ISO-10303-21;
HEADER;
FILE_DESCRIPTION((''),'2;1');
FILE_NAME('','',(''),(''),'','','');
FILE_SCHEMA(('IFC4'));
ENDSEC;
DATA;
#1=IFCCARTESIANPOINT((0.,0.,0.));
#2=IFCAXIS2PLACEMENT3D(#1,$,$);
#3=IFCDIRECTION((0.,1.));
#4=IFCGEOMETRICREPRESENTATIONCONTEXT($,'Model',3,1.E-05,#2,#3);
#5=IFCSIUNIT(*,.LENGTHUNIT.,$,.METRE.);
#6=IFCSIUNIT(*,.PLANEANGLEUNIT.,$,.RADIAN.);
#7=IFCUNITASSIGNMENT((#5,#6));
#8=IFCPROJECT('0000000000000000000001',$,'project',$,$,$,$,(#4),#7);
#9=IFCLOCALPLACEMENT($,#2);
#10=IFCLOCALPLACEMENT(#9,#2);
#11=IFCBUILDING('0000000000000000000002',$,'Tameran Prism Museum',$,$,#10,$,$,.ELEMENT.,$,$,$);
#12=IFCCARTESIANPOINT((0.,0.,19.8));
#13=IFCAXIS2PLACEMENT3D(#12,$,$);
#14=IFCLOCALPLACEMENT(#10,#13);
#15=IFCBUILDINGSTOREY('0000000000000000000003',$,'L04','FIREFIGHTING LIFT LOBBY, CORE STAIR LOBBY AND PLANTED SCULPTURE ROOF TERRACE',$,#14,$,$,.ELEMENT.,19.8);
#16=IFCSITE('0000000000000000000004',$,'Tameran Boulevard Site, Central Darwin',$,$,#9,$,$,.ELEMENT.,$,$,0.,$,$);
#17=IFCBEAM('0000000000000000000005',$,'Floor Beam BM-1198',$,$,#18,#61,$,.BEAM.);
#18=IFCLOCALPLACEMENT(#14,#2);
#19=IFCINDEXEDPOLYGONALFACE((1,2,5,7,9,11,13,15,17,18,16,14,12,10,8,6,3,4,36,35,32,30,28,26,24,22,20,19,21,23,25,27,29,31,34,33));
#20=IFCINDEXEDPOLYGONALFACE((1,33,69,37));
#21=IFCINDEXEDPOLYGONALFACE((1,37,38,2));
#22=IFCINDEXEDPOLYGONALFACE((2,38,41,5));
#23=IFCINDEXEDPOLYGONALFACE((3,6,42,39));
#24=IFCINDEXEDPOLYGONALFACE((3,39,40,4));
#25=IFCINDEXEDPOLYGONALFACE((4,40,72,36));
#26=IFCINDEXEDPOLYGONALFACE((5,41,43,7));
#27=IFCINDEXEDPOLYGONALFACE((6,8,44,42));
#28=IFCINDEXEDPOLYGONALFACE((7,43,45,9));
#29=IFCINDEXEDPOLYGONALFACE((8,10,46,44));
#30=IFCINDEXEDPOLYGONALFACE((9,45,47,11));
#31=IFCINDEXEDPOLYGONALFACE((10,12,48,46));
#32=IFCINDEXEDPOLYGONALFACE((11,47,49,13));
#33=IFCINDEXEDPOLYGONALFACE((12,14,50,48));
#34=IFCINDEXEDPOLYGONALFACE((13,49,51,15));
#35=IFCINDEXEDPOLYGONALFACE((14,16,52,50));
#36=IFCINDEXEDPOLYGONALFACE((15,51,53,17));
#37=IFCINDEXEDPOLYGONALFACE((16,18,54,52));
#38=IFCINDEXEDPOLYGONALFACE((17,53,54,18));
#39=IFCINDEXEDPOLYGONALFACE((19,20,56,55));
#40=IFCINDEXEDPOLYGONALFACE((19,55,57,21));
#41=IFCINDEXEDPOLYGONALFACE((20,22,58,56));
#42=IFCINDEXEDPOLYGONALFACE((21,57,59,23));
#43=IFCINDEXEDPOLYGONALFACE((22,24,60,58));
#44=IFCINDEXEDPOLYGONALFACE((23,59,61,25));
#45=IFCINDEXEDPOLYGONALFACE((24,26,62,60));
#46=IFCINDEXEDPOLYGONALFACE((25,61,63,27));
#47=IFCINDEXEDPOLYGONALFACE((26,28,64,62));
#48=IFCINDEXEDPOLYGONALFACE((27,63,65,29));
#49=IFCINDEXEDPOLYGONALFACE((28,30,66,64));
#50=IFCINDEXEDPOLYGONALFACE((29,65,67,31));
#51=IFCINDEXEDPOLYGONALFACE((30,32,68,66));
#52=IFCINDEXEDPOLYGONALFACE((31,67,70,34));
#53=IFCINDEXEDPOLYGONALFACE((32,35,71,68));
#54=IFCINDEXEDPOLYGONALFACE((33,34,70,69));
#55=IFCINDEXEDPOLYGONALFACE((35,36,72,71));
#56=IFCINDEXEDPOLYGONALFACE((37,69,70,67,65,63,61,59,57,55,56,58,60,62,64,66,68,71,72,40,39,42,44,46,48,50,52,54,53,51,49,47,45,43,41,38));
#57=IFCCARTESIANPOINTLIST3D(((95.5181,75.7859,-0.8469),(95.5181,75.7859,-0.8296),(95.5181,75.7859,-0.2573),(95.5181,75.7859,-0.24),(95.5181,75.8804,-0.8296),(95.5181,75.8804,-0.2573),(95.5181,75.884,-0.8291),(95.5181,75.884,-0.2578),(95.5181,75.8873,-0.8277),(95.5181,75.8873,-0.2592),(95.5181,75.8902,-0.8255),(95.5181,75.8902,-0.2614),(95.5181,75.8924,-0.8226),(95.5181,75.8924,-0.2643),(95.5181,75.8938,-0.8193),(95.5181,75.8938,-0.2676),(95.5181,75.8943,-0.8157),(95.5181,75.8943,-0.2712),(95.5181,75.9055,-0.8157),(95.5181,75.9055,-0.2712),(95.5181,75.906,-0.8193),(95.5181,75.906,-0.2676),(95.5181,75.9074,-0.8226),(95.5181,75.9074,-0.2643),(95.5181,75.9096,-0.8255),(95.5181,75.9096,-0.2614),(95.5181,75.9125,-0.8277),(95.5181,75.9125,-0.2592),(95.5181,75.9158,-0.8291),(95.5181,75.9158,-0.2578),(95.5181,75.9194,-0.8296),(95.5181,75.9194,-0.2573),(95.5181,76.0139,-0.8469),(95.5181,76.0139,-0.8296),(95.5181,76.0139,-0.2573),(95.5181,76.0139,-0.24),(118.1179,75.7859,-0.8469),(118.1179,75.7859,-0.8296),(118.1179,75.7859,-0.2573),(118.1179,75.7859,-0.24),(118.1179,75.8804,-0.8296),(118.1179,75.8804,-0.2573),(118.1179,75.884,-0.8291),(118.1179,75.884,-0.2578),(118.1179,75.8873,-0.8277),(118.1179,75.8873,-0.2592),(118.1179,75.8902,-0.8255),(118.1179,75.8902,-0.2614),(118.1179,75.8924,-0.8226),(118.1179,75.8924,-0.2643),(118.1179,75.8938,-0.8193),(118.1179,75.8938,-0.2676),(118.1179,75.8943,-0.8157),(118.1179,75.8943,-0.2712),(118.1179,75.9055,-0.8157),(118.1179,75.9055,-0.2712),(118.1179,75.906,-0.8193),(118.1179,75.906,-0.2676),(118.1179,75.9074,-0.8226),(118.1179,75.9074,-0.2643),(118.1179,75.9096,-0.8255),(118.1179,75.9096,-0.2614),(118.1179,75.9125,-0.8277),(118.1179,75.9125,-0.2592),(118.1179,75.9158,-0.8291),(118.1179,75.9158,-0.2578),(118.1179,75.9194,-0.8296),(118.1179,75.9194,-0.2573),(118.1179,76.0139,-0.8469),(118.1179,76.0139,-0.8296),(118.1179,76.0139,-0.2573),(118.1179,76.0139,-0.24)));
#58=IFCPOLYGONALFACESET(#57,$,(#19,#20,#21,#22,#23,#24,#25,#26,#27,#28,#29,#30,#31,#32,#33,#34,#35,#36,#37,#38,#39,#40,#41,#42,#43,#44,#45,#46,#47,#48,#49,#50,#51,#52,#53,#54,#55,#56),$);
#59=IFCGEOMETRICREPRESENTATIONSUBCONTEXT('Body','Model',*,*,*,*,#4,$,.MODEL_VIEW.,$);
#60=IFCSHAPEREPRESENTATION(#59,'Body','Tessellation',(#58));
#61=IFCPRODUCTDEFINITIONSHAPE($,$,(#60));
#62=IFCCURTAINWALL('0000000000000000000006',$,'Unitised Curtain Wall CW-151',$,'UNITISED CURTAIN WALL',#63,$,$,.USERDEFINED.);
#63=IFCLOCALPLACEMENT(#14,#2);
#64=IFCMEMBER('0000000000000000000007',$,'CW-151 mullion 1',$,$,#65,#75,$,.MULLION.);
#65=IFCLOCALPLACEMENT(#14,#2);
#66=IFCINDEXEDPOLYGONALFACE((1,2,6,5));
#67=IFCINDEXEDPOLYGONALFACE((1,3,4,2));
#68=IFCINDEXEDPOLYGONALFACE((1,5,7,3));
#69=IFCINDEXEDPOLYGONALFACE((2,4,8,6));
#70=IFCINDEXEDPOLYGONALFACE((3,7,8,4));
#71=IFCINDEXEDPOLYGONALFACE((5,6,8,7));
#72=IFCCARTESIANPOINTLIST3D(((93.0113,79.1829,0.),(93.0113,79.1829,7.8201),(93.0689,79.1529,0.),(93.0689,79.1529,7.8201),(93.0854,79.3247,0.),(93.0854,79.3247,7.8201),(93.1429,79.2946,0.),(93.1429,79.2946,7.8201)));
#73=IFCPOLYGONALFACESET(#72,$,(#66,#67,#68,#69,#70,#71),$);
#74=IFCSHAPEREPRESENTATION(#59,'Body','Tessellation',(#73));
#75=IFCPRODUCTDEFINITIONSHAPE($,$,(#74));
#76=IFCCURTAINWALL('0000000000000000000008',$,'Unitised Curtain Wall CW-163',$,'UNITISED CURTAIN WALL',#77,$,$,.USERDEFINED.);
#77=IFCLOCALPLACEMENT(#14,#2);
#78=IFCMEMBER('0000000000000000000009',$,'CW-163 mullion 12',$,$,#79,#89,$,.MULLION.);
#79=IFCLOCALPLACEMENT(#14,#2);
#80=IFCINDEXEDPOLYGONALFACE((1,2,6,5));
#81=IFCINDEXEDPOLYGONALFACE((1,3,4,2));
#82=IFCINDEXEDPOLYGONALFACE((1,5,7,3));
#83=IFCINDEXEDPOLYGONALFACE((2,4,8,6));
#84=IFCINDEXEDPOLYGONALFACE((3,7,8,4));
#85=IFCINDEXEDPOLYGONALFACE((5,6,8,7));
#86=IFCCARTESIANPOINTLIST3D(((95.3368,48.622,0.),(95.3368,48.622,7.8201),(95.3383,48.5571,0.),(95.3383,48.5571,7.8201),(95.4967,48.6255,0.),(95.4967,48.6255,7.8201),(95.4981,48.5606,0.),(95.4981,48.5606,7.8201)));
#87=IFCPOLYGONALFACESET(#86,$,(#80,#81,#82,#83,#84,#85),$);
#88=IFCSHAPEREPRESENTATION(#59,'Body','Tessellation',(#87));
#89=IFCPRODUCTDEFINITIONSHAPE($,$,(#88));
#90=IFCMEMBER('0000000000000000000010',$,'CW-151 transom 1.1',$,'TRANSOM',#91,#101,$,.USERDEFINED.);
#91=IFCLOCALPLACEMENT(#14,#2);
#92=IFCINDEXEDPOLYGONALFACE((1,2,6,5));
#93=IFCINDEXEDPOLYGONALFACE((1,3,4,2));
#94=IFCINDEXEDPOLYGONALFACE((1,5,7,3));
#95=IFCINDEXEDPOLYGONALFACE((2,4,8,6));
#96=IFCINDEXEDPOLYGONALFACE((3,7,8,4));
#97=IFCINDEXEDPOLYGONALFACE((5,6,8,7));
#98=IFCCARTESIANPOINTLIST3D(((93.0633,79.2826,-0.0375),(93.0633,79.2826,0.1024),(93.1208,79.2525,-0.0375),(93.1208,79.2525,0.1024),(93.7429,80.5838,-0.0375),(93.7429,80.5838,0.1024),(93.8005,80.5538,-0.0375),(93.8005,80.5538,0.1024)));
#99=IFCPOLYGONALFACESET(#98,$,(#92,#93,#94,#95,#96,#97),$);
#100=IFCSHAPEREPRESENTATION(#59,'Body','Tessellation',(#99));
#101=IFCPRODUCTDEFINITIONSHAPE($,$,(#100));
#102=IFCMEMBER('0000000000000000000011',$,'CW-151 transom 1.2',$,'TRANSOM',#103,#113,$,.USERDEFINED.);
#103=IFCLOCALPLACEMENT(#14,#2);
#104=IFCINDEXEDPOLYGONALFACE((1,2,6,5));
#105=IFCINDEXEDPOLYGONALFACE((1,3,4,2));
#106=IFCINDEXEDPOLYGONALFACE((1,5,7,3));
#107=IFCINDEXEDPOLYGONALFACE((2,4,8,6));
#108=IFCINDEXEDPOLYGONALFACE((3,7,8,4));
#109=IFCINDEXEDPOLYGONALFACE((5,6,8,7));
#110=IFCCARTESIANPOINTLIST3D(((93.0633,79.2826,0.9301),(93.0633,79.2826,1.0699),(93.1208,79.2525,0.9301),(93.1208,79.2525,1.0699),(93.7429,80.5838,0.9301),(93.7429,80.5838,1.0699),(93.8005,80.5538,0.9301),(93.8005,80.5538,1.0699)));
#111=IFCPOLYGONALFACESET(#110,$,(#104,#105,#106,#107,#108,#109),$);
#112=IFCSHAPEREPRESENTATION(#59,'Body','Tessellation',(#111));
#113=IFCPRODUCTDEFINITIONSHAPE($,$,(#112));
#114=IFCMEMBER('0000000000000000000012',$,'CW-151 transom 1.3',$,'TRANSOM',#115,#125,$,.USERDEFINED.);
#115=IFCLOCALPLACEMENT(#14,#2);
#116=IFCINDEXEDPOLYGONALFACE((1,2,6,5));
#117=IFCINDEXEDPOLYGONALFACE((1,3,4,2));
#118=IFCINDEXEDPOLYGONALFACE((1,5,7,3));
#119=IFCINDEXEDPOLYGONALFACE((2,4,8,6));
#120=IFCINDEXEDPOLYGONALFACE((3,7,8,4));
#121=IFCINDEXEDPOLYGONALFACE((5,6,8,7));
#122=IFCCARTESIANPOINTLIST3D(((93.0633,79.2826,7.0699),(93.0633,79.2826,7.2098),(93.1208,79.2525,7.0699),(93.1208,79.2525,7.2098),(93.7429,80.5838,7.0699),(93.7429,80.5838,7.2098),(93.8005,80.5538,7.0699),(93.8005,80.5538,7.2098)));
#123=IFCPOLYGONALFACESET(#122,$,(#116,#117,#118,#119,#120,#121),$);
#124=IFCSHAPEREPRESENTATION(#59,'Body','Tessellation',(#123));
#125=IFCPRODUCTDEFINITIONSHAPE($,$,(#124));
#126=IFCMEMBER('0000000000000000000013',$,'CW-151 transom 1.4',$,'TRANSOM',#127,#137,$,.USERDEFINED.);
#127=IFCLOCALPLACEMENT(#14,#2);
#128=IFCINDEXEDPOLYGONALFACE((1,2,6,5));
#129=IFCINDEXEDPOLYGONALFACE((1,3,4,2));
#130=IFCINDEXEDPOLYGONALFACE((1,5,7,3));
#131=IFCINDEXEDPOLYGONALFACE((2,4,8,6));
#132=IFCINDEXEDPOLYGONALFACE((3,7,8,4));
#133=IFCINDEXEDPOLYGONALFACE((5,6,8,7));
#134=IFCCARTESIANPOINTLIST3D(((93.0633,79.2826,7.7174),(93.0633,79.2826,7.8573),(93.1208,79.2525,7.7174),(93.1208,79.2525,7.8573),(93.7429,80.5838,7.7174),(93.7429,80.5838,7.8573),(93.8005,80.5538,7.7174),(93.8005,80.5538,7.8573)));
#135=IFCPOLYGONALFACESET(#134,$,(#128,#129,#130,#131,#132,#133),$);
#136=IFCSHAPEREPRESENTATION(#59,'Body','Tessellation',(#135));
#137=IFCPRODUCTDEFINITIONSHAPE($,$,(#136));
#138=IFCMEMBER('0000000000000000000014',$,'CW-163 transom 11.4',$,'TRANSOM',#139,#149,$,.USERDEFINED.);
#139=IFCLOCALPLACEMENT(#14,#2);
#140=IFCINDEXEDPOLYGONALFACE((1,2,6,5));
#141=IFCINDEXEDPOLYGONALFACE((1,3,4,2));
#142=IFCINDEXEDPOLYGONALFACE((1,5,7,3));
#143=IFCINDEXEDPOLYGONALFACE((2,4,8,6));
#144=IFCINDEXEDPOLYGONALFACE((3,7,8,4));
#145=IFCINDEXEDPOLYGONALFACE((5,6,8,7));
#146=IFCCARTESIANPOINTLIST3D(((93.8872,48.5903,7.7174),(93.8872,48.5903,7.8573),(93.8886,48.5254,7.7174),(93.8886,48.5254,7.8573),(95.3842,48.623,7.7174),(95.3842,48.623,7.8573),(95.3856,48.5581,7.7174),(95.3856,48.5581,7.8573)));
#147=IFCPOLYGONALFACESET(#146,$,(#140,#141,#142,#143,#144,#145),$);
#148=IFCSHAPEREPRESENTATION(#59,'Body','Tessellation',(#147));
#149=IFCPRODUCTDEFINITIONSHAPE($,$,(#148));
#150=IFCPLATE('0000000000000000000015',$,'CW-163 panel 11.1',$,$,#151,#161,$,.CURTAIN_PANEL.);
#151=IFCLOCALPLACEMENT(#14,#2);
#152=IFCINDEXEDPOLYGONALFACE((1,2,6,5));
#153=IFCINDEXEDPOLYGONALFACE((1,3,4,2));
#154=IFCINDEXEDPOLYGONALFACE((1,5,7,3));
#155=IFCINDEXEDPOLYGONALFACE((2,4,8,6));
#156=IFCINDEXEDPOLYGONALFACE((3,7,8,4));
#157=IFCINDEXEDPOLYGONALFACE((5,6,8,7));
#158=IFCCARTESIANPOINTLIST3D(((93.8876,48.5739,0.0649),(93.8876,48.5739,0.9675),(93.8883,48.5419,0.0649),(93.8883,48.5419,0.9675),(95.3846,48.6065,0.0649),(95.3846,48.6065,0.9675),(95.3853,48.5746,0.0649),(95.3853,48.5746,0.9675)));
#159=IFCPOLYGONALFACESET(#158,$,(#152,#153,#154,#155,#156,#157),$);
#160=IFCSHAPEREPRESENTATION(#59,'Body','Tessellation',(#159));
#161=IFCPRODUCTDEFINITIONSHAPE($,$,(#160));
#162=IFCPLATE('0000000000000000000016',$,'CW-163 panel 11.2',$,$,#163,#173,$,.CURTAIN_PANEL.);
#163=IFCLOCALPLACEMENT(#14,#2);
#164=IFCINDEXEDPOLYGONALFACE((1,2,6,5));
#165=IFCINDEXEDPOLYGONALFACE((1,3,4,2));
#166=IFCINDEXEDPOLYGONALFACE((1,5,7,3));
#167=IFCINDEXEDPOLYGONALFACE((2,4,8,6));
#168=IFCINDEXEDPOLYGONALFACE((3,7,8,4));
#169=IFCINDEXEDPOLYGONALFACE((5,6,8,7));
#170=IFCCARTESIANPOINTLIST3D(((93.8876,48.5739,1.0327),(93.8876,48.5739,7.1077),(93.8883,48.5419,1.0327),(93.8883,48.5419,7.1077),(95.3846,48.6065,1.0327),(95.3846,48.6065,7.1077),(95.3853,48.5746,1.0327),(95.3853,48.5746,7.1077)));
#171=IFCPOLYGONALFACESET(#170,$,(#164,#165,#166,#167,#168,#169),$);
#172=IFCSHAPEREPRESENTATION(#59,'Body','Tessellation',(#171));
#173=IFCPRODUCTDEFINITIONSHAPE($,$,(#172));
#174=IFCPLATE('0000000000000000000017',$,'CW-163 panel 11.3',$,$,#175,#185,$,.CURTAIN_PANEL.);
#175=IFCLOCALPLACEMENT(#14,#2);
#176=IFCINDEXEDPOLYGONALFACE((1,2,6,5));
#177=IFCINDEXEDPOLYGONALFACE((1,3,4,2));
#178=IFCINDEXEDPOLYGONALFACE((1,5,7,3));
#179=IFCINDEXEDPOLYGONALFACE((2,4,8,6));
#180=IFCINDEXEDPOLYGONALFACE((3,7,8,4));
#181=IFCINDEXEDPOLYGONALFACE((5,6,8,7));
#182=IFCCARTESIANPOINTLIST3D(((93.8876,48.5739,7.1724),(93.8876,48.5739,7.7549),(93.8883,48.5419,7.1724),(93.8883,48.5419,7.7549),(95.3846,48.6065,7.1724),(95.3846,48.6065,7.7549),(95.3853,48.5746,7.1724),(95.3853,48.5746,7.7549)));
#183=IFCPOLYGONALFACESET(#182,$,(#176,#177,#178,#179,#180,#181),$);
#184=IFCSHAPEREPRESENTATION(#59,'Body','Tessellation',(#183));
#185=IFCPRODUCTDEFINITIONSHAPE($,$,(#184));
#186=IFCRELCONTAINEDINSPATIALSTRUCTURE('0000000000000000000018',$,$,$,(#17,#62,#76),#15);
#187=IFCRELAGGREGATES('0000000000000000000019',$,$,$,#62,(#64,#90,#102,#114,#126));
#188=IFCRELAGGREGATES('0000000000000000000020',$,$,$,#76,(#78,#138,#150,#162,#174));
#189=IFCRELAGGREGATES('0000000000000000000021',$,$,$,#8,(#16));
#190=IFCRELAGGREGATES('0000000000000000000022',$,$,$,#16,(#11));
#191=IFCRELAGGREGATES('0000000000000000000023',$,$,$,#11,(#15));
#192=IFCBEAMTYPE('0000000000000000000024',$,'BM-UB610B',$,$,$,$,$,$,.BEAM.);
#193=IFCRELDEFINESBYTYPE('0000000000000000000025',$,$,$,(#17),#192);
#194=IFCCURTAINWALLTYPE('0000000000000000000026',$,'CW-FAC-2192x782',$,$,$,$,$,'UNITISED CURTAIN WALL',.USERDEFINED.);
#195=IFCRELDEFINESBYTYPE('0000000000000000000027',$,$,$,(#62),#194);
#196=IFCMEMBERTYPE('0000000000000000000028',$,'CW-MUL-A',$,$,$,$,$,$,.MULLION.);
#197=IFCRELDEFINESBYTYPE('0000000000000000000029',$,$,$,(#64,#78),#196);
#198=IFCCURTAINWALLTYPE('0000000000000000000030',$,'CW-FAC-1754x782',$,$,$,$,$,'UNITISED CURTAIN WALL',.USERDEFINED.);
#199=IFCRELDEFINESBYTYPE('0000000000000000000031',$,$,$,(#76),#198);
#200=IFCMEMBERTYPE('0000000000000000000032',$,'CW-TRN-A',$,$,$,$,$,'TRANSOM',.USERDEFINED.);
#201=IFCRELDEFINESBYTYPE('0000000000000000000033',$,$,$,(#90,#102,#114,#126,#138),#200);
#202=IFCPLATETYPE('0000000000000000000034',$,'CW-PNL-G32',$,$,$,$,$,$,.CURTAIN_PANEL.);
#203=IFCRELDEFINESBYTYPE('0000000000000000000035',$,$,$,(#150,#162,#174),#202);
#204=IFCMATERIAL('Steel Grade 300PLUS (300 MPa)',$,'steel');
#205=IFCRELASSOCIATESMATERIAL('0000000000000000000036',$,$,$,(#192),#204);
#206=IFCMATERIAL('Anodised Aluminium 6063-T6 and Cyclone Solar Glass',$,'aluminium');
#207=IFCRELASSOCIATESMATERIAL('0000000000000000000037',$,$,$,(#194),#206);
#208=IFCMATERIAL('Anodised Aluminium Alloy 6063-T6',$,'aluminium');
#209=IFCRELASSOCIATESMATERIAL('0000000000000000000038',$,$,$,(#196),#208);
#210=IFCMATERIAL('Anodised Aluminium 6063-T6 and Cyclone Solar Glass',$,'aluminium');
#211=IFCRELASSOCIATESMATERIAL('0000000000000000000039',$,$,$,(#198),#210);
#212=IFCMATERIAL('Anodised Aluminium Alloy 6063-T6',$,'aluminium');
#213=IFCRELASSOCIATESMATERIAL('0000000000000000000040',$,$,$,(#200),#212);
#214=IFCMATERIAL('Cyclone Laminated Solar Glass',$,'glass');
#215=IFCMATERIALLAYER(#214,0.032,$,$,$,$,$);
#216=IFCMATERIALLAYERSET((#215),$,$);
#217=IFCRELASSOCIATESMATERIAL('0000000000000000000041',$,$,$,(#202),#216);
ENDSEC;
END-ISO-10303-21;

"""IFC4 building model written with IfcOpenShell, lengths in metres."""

from ifc_helpers import new_model, si_unit, direction, frame, origin, origin_2d, place, context, subcontext, project, spatial, rectangle, i_section, extrude, material, layer, layer_set, material_profile, profile_set, type_object, element, aggregate, save


model = new_model("IFC4")

# Units and contexts
model_context = context("Model", 3, precision=1e-05, world=origin(), true_north=direction((0.0, 1.0)))
body_context = subcontext(model_context, "Body", "Model", "MODEL_VIEW")
ifc_project = project(units=[si_unit("LENGTHUNIT", "METRE"), si_unit("PLANEANGLEUNIT", "RADIAN")], contexts=[model_context])

# Site, building, storey
site_placement = place(None, origin())
site = spatial("IfcSite", under=ifc_project, at=site_placement, Name="Tameran Boulevard Site, Central Darwin", CompositionType="ELEMENT", RefElevation=0.0)
building_placement = place(site_placement, origin())
building = spatial("IfcBuilding", under=site, at=building_placement, Name="Tameran Prism Museum", CompositionType="ELEMENT")
storey_placement = place(building_placement, frame((0.0, 0.0, 19.8)))
storey = spatial("IfcBuildingStorey", under=building, at=storey_placement, Name="L04", Description="FIREFIGHTING LIFT LOBBY, CORE STAIR LOBBY AND PLANTED SCULPTURE ROOF TERRACE", CompositionType="ELEMENT", Elevation=19.8)

# Beam
ifc_material_1 = material(Name="Steel Grade 300PLUS (300 MPa)", Category="steel")
ifc_material_profile_1 = material_profile(ifc_material_1, i_section(OverallWidth=0.228, OverallDepth=0.6069, WebThickness=0.0112, FlangeThickness=0.0173, FilletRadius=0.0139, at=origin_2d()))
ifc_profile_set_1 = profile_set([ifc_material_profile_1])
beam_type_1 = type_object("IfcBeamType", Name="BM-UB610B", PredefinedType="BEAM", material=ifc_profile_set_1)
beam_1_placement = place(storey_placement, frame((95.5181, 75.8999, -0.5435), z_axis=(1.0, 0.0, 0.0), x_axis=(0.0, 1.0, 0.0)))
element("IfcBeam", 1, at=beam_1_placement, inside=storey, type_object=beam_type_1, Name="Floor Beam BM-1198", PredefinedType="BEAM", context=body_context, shape_type="SweptSolid", body=[
    extrude(i_section(OverallWidth=0.228, OverallDepth=0.6069, WebThickness=0.0112, FlangeThickness=0.0173, FilletRadius=0.0139, at=origin_2d()), origin(), (0.0, 0.0, 1.0), 22.5999),
])

# Curtain walls, members
ifc_material_2 = material(Name="Anodised Aluminium 6063-T6 and Cyclone Solar Glass", Category="aluminium")
curtain_wall_type_1 = type_object("IfcCurtainWallType", Name="CW-FAC-2192x782", ElementType="UNITISED CURTAIN WALL", PredefinedType="USERDEFINED", material=ifc_material_2)
curtain_wall_1_placement = place(storey_placement, origin())
curtain_wall_1 = element("IfcCurtainWall", 2, at=curtain_wall_1_placement, inside=storey, type_object=curtain_wall_type_1, Name="Unitised Curtain Wall CW-151", ObjectType="UNITISED CURTAIN WALL", PredefinedType="USERDEFINED")
ifc_material_3 = material(Name="Anodised Aluminium Alloy 6063-T6", Category="aluminium")
ifc_material_profile_2 = material_profile(ifc_material_3, rectangle(XDim=0.0649, YDim=0.1599, at=origin_2d()))
ifc_profile_set_2 = profile_set([ifc_material_profile_2])
member_type_1 = type_object("IfcMemberType", Name="CW-MUL-A", PredefinedType="MULLION", material=ifc_profile_set_2)
member_1_placement = place(storey_placement, frame((93.0771, 79.2388, 0.0), z_axis=(0.0, 0.0, 1.0), x_axis=(-0.886357, 0.463003, 0.0)))
member_1 = element("IfcMember", 3, at=member_1_placement, type_object=member_type_1, Name="CW-151 mullion 1", PredefinedType="MULLION", context=body_context, shape_type="SweptSolid", body=[
    extrude(rectangle(XDim=0.0649, YDim=0.1599, at=origin_2d()), origin(), (0.0, 0.0, 1.0), 7.8201),
])
ifc_material_4 = material(Name="Anodised Aluminium 6063-T6 and Cyclone Solar Glass", Category="aluminium")
curtain_wall_type_2 = type_object("IfcCurtainWallType", Name="CW-FAC-1754x782", ElementType="UNITISED CURTAIN WALL", PredefinedType="USERDEFINED", material=ifc_material_4)
curtain_wall_2_placement = place(storey_placement, origin())
curtain_wall_2 = element("IfcCurtainWall", 4, at=curtain_wall_2_placement, inside=storey, type_object=curtain_wall_type_2, Name="Unitised Curtain Wall CW-163", ObjectType="UNITISED CURTAIN WALL", PredefinedType="USERDEFINED")
member_2_placement = place(storey_placement, frame((95.4175, 48.5913, 0.0), z_axis=(0.0, 0.0, 1.0), x_axis=(-0.021831, 0.999762, 0.0)))
member_2 = element("IfcMember", 5, at=member_2_placement, type_object=member_type_1, Name="CW-163 mullion 12", PredefinedType="MULLION", context=body_context, shape_type="SweptSolid", body=[
    extrude(rectangle(XDim=0.0649, YDim=0.1599, at=origin_2d()), origin(), (0.0, 0.0, 1.0), 7.8201),
])

# Members
ifc_material_5 = material(Name="Anodised Aluminium Alloy 6063-T6", Category="aluminium")
ifc_material_profile_3 = material_profile(ifc_material_5, rectangle(XDim=0.0649, YDim=0.1399, at=origin_2d()))
ifc_profile_set_3 = profile_set([ifc_material_profile_3])
member_type_2 = type_object("IfcMemberType", Name="CW-TRN-A", ElementType="TRANSOM", PredefinedType="USERDEFINED", material=ifc_profile_set_3)
member_3_placement = place(storey_placement, frame((93.092, 79.2676, 0.0325), z_axis=(0.462975, 0.886371, 0.0), x_axis=(-0.886371, 0.462975, 0.0)))
member_3 = element("IfcMember", 6, at=member_3_placement, type_object=member_type_2, Name="CW-151 transom 1.1", ObjectType="TRANSOM", PredefinedType="USERDEFINED", context=body_context, shape_type="SweptSolid", body=[
    extrude(rectangle(XDim=0.0649, YDim=0.1399, at=origin_2d()), origin(), (0.0, 0.0, 1.0), 1.468),
])
member_4_placement = place(storey_placement, frame((93.092, 79.2676, 1.0), z_axis=(0.462975, 0.886371, 0.0), x_axis=(-0.886371, 0.462975, 0.0)))
member_4 = element("IfcMember", 7, at=member_4_placement, type_object=member_type_2, Name="CW-151 transom 1.2", ObjectType="TRANSOM", PredefinedType="USERDEFINED", context=body_context, shape_type="SweptSolid", body=[
    extrude(rectangle(XDim=0.0649, YDim=0.1399, at=origin_2d()), origin(), (0.0, 0.0, 1.0), 1.468),
])
member_5_placement = place(storey_placement, frame((93.092, 79.2676, 7.1399), z_axis=(0.462975, 0.886371, 0.0), x_axis=(-0.886371, 0.462975, 0.0)))
member_5 = element("IfcMember", 8, at=member_5_placement, type_object=member_type_2, Name="CW-151 transom 1.3", ObjectType="TRANSOM", PredefinedType="USERDEFINED", context=body_context, shape_type="SweptSolid", body=[
    extrude(rectangle(XDim=0.0649, YDim=0.1399, at=origin_2d()), origin(), (0.0, 0.0, 1.0), 1.468),
])
member_6_placement = place(storey_placement, frame((93.092, 79.2676, 7.7874), z_axis=(0.462975, 0.886371, 0.0), x_axis=(-0.886371, 0.462975, 0.0)))
member_6 = element("IfcMember", 9, at=member_6_placement, type_object=member_type_2, Name="CW-151 transom 1.4", ObjectType="TRANSOM", PredefinedType="USERDEFINED", context=body_context, shape_type="SweptSolid", body=[
    extrude(rectangle(XDim=0.0649, YDim=0.1399, at=origin_2d()), origin(), (0.0, 0.0, 1.0), 1.468),
])
aggregate(curtain_wall_1, [member_1, member_3, member_4, member_5, member_6])
member_7_placement = place(storey_placement, frame((93.8879, 48.5579, 7.7874), z_axis=(0.999761, 0.021847, 0.0), x_axis=(-0.021847, 0.999761, 0.0)))
member_7 = element("IfcMember", 10, at=member_7_placement, type_object=member_type_2, Name="CW-163 transom 11.4", ObjectType="TRANSOM", PredefinedType="USERDEFINED", context=body_context, shape_type="SweptSolid", body=[
    extrude(rectangle(XDim=0.0649, YDim=0.1399, at=origin_2d()), origin(), (0.0, 0.0, 1.0), 1.4973),
])

# Plates
ifc_material_6 = material(Name="Cyclone Laminated Solar Glass", Category="glass")
ifc_layer_1 = layer(ifc_material_6, 0.032)
ifc_layer_set_1 = layer_set([ifc_layer_1])
plate_type = type_object("IfcPlateType", Name="CW-PNL-G32", PredefinedType="CURTAIN_PANEL", material=ifc_layer_set_1)
plate_1_placement = place(storey_placement, frame((94.6365, 48.5742, 0.0649), z_axis=(0.0, 0.0, 1.0), x_axis=(0.999762, 0.021831, 0.0)))
plate_1 = element("IfcPlate", 11, at=plate_1_placement, type_object=plate_type, Name="CW-163 panel 11.1", PredefinedType="CURTAIN_PANEL", context=body_context, shape_type="SweptSolid", body=[
    extrude(rectangle(XDim=1.4973, YDim=0.032, at=origin_2d()), origin(), (0.0, 0.0, 1.0), 0.9026),
])
plate_2_placement = place(storey_placement, frame((94.6365, 48.5742, 1.0327), z_axis=(0.0, 0.0, 1.0), x_axis=(0.999762, 0.021831, 0.0)))
plate_2 = element("IfcPlate", 12, at=plate_2_placement, type_object=plate_type, Name="CW-163 panel 11.2", PredefinedType="CURTAIN_PANEL", context=body_context, shape_type="SweptSolid", body=[
    extrude(rectangle(XDim=1.4973, YDim=0.032, at=origin_2d()), origin(), (0.0, 0.0, 1.0), 6.075),
])
plate_3_placement = place(storey_placement, frame((94.6365, 48.5742, 7.1724), z_axis=(0.0, 0.0, 1.0), x_axis=(0.999762, 0.021831, 0.0)))
plate_3 = element("IfcPlate", 13, at=plate_3_placement, type_object=plate_type, Name="CW-163 panel 11.3", PredefinedType="CURTAIN_PANEL", context=body_context, shape_type="SweptSolid", body=[
    extrude(rectangle(XDim=1.4973, YDim=0.032, at=origin_2d()), origin(), (0.0, 0.0, 1.0), 0.5825),
])
aggregate(curtain_wall_2, [member_2, member_7, plate_1, plate_2, plate_3])

save(model, "model.ifc")
